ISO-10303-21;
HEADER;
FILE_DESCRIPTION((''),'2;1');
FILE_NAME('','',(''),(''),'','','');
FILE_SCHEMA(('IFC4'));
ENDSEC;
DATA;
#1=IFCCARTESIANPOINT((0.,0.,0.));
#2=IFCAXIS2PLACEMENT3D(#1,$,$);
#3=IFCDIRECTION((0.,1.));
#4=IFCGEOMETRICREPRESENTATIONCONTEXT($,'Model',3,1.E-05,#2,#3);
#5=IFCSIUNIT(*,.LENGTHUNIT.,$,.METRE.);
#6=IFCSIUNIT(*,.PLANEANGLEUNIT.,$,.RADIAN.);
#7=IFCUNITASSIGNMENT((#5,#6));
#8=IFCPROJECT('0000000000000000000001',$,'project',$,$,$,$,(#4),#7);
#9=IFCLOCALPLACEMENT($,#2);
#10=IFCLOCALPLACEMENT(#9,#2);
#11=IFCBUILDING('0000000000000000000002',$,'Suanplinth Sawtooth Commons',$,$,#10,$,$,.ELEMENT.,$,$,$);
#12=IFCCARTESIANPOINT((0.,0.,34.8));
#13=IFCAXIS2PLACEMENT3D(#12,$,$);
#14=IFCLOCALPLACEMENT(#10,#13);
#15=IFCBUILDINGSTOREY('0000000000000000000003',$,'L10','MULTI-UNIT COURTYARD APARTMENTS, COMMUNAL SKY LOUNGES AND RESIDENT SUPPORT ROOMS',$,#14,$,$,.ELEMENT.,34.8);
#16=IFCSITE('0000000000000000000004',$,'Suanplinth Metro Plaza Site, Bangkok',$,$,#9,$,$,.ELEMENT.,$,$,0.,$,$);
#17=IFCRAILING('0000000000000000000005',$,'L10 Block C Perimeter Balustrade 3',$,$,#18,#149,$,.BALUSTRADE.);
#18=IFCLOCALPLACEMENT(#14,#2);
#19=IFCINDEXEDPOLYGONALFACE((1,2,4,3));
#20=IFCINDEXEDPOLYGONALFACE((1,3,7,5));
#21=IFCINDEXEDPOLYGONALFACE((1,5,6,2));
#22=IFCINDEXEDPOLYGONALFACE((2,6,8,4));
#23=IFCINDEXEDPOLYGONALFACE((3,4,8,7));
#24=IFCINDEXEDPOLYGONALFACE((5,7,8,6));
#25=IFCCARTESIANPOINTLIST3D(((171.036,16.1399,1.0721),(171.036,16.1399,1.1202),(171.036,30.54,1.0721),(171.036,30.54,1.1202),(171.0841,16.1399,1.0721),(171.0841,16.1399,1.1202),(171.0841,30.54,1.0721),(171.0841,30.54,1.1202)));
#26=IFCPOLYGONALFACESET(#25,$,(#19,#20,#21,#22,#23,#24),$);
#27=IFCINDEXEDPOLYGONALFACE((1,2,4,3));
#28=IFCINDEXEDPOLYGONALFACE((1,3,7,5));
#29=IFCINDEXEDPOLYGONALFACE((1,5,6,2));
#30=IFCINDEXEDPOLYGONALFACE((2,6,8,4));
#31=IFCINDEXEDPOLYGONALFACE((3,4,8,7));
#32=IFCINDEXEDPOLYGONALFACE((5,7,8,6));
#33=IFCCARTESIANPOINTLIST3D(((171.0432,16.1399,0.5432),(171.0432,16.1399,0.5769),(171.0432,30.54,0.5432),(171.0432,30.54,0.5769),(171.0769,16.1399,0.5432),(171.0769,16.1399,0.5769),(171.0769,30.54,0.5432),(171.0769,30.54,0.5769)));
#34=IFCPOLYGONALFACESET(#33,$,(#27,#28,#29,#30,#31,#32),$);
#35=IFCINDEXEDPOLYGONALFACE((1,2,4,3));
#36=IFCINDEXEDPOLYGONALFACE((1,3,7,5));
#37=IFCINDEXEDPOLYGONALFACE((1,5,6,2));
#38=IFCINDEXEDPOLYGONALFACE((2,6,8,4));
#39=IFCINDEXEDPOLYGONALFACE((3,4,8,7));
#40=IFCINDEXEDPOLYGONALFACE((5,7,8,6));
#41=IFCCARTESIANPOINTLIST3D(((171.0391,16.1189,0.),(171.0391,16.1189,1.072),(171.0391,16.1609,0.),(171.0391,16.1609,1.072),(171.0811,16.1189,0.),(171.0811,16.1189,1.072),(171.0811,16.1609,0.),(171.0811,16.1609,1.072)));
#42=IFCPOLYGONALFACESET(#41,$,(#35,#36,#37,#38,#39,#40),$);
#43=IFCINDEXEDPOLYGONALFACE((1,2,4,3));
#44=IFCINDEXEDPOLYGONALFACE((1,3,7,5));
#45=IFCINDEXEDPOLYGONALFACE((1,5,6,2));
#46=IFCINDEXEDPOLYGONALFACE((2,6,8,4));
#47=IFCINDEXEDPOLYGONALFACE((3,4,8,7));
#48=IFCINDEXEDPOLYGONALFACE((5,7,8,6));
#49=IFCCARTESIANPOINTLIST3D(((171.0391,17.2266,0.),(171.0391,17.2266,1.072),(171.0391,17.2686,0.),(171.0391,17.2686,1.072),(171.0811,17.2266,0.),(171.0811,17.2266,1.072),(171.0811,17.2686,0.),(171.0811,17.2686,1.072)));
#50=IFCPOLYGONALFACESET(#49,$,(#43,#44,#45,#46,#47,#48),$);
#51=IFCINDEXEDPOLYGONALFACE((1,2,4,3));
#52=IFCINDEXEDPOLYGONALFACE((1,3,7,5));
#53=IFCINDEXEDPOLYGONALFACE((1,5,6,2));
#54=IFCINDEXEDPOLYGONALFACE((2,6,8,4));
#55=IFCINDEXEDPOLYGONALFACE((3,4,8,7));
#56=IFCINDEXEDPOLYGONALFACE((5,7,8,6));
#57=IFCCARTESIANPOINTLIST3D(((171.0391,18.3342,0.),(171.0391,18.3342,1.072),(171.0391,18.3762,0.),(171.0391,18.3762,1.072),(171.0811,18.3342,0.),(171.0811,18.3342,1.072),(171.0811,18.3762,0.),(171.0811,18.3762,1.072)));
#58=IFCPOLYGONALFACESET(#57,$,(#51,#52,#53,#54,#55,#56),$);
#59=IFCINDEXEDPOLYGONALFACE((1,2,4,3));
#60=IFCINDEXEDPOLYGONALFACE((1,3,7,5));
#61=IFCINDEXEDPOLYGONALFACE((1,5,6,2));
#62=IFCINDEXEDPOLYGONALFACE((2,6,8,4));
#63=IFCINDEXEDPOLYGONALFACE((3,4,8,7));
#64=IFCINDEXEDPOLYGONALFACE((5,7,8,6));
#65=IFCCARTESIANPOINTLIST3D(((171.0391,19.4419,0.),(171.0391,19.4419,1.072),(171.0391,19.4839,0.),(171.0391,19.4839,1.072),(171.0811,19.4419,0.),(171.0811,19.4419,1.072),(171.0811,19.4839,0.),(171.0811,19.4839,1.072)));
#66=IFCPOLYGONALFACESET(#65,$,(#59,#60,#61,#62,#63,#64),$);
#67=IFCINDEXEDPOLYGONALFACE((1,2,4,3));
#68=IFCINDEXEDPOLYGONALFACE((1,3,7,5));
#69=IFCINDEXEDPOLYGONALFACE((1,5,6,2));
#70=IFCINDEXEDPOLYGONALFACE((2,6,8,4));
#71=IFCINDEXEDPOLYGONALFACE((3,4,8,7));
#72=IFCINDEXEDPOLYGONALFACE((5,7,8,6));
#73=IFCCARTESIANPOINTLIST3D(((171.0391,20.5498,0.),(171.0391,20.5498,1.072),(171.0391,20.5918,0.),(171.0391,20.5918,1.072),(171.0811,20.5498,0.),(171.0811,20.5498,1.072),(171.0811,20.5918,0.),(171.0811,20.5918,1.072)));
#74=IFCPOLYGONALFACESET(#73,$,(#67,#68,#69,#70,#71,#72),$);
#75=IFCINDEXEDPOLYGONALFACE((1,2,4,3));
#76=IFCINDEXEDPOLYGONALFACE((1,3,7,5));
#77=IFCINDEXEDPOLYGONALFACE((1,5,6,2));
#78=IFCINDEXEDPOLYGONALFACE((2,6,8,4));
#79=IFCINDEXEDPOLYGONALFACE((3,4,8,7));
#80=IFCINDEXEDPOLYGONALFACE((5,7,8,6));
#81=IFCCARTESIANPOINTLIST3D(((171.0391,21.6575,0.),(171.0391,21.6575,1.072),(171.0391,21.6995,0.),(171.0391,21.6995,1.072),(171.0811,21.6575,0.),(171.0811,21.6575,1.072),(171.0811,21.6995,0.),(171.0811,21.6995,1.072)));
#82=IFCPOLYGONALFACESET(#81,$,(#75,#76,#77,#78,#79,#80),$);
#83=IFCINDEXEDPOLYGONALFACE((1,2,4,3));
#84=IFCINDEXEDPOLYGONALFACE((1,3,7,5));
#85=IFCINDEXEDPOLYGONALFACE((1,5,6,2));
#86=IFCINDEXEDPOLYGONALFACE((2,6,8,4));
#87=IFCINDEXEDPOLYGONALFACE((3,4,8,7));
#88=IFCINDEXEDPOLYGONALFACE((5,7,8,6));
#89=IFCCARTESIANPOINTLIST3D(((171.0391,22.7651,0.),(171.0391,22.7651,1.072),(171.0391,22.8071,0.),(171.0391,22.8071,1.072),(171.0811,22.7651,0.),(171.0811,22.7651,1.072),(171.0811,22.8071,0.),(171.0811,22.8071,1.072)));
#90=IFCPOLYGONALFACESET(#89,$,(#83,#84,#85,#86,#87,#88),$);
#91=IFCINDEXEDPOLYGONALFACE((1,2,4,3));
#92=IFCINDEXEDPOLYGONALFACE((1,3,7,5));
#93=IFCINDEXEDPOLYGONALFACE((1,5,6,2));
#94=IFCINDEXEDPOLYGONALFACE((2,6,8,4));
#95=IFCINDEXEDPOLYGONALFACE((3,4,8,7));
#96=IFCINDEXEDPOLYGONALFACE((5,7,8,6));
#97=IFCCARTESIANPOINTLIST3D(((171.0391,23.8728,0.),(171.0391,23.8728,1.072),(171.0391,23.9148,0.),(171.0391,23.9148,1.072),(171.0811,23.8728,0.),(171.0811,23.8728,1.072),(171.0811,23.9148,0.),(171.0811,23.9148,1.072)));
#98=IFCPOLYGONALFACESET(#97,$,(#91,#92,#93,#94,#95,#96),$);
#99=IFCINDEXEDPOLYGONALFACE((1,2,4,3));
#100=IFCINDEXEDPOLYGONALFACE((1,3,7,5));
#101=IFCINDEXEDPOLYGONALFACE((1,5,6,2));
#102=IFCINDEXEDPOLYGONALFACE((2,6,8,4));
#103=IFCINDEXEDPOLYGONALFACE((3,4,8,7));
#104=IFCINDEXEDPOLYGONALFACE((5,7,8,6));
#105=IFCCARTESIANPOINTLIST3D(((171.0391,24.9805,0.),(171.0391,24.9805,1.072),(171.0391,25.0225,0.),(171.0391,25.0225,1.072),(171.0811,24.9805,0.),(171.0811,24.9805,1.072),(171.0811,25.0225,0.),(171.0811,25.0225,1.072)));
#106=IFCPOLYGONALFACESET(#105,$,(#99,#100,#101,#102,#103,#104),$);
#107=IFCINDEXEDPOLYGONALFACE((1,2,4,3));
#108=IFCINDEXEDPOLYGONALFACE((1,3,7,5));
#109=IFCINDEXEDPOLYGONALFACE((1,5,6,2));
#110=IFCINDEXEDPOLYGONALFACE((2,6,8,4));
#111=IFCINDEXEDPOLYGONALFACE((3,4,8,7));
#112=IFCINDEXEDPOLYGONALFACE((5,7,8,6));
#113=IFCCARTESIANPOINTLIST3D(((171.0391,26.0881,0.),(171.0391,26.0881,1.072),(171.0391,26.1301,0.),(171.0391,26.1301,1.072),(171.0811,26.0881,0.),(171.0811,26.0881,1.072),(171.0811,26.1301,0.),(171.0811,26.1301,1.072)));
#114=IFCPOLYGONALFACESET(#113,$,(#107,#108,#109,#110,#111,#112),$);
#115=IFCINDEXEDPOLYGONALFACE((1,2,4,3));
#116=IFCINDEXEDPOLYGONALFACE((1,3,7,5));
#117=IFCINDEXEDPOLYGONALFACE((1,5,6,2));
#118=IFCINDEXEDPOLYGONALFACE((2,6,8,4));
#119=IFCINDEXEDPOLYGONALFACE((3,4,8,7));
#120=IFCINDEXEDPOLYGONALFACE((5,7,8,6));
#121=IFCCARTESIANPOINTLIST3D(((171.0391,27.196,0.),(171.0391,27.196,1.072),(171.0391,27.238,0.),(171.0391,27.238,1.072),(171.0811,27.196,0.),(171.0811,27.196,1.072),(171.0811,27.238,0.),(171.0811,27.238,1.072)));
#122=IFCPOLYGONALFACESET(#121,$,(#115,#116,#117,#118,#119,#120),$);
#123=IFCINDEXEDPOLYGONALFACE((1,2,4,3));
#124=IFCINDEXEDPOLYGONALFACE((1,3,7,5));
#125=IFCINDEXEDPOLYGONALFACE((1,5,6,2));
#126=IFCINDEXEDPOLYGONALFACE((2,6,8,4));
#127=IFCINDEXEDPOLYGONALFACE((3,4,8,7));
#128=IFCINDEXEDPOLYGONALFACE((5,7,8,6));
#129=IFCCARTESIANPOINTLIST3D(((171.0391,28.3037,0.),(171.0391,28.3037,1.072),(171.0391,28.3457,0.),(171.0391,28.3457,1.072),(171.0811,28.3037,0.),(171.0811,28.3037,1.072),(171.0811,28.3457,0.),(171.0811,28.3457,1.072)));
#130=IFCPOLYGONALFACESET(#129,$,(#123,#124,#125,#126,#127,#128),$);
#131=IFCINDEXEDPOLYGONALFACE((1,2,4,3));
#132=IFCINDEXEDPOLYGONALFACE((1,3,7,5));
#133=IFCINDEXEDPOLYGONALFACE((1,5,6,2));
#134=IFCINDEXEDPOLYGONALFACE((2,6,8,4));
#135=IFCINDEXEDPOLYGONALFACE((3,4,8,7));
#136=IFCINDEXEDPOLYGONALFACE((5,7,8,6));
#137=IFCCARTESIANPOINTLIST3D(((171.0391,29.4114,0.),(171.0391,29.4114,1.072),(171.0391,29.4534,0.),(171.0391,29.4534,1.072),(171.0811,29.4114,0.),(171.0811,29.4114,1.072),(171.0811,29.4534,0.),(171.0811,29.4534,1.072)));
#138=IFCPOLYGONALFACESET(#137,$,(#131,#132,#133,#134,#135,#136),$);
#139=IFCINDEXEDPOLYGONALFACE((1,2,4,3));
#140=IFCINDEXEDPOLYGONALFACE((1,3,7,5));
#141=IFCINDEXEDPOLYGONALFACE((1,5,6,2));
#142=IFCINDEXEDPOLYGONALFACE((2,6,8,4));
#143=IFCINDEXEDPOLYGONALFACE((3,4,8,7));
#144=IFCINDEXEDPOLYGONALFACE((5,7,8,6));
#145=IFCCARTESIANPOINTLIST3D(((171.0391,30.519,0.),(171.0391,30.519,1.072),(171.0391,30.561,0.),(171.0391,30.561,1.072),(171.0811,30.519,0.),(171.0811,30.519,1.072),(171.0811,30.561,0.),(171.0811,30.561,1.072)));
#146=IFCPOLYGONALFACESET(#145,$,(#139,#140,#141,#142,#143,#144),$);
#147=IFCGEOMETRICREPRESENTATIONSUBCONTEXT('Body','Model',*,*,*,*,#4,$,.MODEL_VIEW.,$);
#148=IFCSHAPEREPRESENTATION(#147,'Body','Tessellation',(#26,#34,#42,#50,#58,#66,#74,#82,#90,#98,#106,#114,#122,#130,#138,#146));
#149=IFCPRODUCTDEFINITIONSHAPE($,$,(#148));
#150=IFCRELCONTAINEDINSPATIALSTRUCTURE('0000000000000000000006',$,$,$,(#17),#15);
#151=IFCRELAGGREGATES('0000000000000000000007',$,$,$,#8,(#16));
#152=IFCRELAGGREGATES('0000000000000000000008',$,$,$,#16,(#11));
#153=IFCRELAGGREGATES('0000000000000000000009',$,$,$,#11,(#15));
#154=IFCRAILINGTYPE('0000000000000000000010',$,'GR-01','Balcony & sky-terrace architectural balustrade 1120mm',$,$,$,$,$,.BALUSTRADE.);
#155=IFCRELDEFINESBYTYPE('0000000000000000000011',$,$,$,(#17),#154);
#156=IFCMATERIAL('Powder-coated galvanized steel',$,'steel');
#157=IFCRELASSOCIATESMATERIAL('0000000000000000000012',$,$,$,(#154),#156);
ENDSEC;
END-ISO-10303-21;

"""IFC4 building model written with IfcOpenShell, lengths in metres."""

from ifc_helpers import new_model, si_unit, direction, frame, origin, origin_2d, place, context, subcontext, project, spatial, rectangle, extrude, material, type_object, element, save


model = new_model("IFC4")

# Units and contexts
model_context = context("Model", 3, precision=1e-05, world=origin(), true_north=direction((0.0, 1.0)))
body_context = subcontext(model_context, "Body", "Model", "MODEL_VIEW")
ifc_project = project(units=[si_unit("LENGTHUNIT", "METRE"), si_unit("PLANEANGLEUNIT", "RADIAN")], contexts=[model_context])

# Site, building, storey
site_placement = place(None, origin())
site = spatial("IfcSite", under=ifc_project, at=site_placement, Name="Suanplinth Metro Plaza Site, Bangkok", CompositionType="ELEMENT", RefElevation=0.0)
building_placement = place(site_placement, origin())
building = spatial("IfcBuilding", under=site, at=building_placement, Name="Suanplinth Sawtooth Commons", CompositionType="ELEMENT")
storey_placement = place(building_placement, frame((0.0, 0.0, 34.8)))
storey = spatial("IfcBuildingStorey", under=building, at=storey_placement, Name="L10", Description="MULTI-UNIT COURTYARD APARTMENTS, COMMUNAL SKY LOUNGES AND RESIDENT SUPPORT ROOMS", CompositionType="ELEMENT", Elevation=34.8)

# Railing
ifc_material_1 = material(Name="Powder-coated galvanized steel", Category="steel")
railing_type = type_object("IfcRailingType", Name="GR-01", Description="Balcony & sky-terrace architectural balustrade 1120mm", PredefinedType="BALUSTRADE", material=ifc_material_1)
railing_placement = place(storey_placement, frame((171.0601, 16.1399, 0.0)))
element("IfcRailing", 1, at=railing_placement, inside=storey, type_object=railing_type, Name="L10 Block C Perimeter Balustrade 3", PredefinedType="BALUSTRADE", context=body_context, shape_type="SweptSolid", body=[
    extrude(rectangle(XDim=0.0481, YDim=0.0481, at=origin_2d()), frame((0.0, 0.0, 1.0962), z_axis=(0.0, 1.0, 0.0), x_axis=(-1.0, 0.0, 0.0)), (0.0, 0.0, 1.0), 14.4001),
    extrude(rectangle(XDim=0.0337, YDim=0.0337, at=origin_2d()), frame((0.0, 0.0, 0.5601), z_axis=(0.0, 1.0, 0.0), x_axis=(-1.0, 0.0, 0.0)), (0.0, 0.0, 1.0), 14.4001),
    extrude(rectangle(XDim=0.042, YDim=0.042, at=origin_2d()), origin(), (0.0, 0.0, 1.0), 1.072),
    extrude(rectangle(XDim=0.042, YDim=0.042, at=origin_2d()), frame((0.0, 1.1077, 0.0)), (0.0, 0.0, 1.0), 1.072),
    extrude(rectangle(XDim=0.042, YDim=0.042, at=origin_2d()), frame((0.0, 2.2153, 0.0)), (0.0, 0.0, 1.0), 1.072),
    extrude(rectangle(XDim=0.042, YDim=0.042, at=origin_2d()), frame((0.0, 3.323, 0.0)), (0.0, 0.0, 1.0), 1.072),
    extrude(rectangle(XDim=0.042, YDim=0.042, at=origin_2d()), frame((0.0, 4.4309, 0.0)), (0.0, 0.0, 1.0), 1.072),
    extrude(rectangle(XDim=0.042, YDim=0.042, at=origin_2d()), frame((0.0, 5.5386, 0.0)), (0.0, 0.0, 1.0), 1.072),
    extrude(rectangle(XDim=0.042, YDim=0.042, at=origin_2d()), frame((0.0, 6.6462, 0.0)), (0.0, 0.0, 1.0), 1.072),
    extrude(rectangle(XDim=0.042, YDim=0.042, at=origin_2d()), frame((0.0, 7.7539, 0.0)), (0.0, 0.0, 1.0), 1.072),
    extrude(rectangle(XDim=0.042, YDim=0.042, at=origin_2d()), frame((0.0, 8.8616, 0.0)), (0.0, 0.0, 1.0), 1.072),
    extrude(rectangle(XDim=0.042, YDim=0.042, at=origin_2d()), frame((0.0, 9.9692, 0.0)), (0.0, 0.0, 1.0), 1.072),
    extrude(rectangle(XDim=0.042, YDim=0.042, at=origin_2d()), frame((0.0, 11.0771, 0.0)), (0.0, 0.0, 1.0), 1.072),
    extrude(rectangle(XDim=0.042, YDim=0.042, at=origin_2d()), frame((0.0, 12.1848, 0.0)), (0.0, 0.0, 1.0), 1.072),
    extrude(rectangle(XDim=0.042, YDim=0.042, at=origin_2d()), frame((0.0, 13.2925, 0.0)), (0.0, 0.0, 1.0), 1.072),
    extrude(rectangle(XDim=0.042, YDim=0.042, at=origin_2d()), frame((0.0, 14.4001, 0.0)), (0.0, 0.0, 1.0), 1.072),
])

save(model, "model.ifc")
